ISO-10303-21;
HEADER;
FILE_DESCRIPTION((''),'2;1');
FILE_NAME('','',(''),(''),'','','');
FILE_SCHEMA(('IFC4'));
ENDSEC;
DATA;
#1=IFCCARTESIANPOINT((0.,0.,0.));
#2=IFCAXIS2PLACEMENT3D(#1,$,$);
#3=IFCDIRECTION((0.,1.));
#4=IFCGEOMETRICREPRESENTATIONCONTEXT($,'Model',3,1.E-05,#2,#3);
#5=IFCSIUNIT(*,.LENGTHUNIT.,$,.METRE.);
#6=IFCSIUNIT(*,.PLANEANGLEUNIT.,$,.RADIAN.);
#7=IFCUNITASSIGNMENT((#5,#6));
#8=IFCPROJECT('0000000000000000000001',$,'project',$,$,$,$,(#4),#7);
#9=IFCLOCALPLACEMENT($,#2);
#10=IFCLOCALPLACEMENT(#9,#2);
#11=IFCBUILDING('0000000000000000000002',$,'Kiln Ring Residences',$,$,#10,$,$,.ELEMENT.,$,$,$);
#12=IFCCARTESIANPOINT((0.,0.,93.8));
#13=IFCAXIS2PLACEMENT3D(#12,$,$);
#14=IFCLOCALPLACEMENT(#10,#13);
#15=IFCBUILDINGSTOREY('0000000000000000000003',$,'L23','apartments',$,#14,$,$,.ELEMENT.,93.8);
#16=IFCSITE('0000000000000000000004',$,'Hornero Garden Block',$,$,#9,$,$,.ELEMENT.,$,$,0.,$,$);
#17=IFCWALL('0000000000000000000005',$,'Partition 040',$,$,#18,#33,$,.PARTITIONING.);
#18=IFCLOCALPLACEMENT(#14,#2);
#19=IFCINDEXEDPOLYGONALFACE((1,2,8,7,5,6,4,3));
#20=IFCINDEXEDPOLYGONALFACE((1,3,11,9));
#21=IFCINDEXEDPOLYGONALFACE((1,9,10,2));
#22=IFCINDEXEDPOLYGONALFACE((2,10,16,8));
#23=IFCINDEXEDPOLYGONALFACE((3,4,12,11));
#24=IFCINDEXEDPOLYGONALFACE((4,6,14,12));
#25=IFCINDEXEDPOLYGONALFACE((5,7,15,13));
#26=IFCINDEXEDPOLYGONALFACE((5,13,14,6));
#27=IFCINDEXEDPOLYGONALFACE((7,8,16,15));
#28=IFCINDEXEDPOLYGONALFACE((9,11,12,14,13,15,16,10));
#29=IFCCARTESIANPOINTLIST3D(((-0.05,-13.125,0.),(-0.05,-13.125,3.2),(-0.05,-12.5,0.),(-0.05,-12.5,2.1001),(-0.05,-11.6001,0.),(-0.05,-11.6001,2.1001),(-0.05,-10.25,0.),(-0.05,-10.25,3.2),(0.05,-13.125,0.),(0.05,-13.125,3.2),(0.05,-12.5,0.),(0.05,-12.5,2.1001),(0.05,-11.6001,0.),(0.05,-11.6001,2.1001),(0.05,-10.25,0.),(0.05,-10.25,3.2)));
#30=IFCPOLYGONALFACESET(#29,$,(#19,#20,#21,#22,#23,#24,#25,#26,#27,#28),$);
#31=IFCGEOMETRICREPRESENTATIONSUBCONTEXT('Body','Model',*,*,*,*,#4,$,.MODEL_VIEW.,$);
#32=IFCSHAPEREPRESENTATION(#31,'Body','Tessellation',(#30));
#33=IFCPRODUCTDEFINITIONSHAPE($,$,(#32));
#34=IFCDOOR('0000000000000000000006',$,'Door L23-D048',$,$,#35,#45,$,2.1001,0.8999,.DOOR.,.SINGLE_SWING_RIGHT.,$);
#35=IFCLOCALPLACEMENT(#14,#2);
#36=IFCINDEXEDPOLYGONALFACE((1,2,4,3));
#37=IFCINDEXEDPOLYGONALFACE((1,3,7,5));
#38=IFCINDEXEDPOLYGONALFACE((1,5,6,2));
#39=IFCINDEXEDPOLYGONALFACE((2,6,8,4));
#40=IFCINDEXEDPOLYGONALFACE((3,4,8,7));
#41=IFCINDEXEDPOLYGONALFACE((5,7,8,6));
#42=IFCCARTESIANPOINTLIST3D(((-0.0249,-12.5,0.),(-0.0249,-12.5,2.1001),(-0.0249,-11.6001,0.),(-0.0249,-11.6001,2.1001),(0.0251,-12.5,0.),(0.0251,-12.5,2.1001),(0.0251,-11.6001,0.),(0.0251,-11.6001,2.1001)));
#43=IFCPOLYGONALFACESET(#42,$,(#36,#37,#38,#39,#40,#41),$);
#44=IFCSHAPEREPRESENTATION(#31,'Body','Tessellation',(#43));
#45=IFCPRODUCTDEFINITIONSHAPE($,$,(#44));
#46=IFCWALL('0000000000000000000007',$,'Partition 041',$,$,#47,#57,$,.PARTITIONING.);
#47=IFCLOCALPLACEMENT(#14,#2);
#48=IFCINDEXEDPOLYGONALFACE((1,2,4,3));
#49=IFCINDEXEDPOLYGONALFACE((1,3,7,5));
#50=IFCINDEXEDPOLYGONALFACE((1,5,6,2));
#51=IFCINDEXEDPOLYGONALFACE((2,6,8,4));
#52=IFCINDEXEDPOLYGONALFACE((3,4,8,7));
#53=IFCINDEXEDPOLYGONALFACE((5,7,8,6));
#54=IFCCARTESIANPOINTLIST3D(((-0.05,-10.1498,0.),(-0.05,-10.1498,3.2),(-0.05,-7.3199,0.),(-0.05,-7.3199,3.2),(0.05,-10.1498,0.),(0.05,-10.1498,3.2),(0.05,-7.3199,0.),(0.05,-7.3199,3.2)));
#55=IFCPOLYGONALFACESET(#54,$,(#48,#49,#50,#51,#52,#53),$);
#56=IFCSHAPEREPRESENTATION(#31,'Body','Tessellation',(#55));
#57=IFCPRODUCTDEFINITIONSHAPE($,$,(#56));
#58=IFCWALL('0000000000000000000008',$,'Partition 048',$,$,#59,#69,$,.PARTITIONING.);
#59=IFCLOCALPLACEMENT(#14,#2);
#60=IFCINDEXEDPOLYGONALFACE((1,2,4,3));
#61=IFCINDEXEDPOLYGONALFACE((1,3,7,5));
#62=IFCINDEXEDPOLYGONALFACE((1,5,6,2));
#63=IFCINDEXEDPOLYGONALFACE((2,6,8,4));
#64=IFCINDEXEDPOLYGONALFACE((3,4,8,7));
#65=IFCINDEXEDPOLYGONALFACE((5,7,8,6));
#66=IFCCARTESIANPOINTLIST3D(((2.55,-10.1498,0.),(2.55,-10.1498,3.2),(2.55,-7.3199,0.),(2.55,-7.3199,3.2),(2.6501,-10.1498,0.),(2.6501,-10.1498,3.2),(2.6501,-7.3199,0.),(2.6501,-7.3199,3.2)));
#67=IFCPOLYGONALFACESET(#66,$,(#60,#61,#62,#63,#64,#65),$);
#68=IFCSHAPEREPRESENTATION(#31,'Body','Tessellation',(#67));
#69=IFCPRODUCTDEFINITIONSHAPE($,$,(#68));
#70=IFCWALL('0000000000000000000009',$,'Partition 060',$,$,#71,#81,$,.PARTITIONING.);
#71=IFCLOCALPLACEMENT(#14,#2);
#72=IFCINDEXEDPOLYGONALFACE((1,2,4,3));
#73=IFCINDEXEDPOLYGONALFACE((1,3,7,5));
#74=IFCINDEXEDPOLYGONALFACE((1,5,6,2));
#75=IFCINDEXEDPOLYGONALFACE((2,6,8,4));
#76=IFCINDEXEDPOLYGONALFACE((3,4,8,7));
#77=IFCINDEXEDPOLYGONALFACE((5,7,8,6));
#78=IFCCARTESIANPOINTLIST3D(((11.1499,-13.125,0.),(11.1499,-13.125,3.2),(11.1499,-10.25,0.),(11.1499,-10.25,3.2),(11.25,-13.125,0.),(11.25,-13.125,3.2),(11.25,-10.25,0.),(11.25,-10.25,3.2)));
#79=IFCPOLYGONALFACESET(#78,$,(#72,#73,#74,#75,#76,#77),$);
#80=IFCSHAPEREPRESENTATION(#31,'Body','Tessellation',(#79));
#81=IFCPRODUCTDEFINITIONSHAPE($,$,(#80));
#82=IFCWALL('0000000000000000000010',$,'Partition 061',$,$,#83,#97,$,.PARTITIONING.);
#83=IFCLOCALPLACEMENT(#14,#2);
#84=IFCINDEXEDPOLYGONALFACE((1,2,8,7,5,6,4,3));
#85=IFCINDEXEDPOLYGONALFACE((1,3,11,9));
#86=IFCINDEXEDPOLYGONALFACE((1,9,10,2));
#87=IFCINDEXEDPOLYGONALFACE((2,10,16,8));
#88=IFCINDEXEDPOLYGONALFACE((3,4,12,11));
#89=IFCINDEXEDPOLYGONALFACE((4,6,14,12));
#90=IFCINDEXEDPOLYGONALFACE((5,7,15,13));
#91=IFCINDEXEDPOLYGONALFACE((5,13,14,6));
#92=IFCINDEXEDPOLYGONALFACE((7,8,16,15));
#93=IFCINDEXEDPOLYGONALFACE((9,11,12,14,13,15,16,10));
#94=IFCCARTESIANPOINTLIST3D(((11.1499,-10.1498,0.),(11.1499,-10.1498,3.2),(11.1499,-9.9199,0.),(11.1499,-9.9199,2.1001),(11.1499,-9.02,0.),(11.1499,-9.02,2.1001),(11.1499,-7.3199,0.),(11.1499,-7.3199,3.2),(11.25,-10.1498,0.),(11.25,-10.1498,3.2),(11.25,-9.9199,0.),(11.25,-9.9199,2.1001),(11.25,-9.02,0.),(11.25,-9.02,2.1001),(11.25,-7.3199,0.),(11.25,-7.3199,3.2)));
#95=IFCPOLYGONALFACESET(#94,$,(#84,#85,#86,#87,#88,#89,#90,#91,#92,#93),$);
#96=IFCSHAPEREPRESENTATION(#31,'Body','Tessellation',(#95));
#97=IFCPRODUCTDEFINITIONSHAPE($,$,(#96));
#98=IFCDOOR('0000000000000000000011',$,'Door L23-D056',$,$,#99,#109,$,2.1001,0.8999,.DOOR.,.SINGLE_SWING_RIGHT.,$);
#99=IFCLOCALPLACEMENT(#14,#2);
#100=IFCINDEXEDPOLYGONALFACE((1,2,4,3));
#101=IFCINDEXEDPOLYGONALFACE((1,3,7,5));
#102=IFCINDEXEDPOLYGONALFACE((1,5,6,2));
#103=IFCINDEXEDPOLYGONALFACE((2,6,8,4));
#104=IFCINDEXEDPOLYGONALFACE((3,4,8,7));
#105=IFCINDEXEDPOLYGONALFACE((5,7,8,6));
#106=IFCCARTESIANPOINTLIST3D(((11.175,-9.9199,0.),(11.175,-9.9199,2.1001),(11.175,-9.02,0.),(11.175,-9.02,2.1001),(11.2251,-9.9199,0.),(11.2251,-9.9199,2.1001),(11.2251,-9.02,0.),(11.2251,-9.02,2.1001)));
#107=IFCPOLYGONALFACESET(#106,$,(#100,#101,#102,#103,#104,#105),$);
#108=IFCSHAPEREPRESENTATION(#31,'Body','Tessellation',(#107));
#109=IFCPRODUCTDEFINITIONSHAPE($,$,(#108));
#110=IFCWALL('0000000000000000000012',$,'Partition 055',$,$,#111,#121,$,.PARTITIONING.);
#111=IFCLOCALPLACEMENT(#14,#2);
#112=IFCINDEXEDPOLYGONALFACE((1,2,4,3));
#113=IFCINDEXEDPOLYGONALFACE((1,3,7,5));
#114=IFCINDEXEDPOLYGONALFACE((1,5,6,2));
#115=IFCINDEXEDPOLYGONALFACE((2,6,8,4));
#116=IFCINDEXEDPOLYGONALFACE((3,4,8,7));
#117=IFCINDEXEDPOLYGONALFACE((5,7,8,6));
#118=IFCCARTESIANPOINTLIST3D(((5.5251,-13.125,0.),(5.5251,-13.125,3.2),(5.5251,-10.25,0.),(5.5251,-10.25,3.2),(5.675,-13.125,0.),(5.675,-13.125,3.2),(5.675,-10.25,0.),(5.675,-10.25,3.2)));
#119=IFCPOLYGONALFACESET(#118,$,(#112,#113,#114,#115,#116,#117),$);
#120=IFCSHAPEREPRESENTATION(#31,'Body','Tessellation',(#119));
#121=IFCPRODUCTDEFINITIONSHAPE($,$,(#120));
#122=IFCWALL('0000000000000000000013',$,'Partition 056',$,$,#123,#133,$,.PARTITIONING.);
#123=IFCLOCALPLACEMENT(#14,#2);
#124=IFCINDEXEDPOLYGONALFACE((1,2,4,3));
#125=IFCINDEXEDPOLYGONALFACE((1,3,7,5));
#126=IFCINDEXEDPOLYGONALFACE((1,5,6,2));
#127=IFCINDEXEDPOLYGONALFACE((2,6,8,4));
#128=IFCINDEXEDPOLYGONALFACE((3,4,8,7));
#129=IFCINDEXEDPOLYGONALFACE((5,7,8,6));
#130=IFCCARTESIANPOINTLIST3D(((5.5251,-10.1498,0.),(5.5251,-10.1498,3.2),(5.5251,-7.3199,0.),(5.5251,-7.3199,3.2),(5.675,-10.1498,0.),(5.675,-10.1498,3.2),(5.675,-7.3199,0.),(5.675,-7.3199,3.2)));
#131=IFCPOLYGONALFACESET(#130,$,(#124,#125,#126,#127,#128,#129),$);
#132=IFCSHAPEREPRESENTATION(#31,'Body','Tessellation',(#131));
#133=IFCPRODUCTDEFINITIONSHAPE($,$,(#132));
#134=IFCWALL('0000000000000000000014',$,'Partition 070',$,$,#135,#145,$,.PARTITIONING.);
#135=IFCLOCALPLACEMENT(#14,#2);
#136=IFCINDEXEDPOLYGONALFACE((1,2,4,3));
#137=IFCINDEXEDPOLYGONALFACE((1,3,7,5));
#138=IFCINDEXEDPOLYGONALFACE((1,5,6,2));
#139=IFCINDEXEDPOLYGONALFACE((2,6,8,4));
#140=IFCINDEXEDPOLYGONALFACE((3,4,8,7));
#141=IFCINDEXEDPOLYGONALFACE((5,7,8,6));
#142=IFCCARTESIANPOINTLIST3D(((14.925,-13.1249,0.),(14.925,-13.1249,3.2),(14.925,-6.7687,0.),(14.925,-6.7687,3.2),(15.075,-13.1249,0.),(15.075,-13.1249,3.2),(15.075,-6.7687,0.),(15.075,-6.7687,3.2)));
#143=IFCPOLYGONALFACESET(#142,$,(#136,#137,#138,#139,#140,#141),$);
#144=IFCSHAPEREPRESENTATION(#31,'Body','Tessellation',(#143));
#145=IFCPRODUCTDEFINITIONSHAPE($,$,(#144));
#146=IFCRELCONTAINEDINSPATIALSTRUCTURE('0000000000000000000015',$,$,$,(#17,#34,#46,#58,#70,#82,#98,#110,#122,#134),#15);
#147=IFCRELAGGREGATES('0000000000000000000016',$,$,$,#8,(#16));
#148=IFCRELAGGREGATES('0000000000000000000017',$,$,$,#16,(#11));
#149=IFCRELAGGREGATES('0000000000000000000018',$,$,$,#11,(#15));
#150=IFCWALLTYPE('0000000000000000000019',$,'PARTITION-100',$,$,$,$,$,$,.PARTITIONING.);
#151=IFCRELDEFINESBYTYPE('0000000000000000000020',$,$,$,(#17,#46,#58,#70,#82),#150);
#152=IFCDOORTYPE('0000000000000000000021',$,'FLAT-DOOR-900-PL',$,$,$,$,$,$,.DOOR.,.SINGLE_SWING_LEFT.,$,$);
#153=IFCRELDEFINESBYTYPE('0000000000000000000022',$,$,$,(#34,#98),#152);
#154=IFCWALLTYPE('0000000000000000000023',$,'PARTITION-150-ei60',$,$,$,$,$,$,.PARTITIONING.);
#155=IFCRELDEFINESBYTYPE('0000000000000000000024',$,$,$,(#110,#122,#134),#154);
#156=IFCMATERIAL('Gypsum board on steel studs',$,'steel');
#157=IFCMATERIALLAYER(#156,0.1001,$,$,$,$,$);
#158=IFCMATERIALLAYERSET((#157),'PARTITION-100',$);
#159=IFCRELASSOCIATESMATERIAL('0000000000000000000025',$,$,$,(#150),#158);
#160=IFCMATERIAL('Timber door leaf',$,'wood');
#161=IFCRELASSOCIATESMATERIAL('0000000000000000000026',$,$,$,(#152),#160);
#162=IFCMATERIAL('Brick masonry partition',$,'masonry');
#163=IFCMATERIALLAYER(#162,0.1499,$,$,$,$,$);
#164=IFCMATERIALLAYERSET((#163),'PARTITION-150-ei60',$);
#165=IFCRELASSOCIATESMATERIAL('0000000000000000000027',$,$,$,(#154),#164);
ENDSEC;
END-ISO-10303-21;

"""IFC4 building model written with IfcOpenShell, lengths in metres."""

from ifc_helpers import new_model, si_unit, direction, frame, frame_2d, origin, place, context, subcontext, project, spatial, rectangle, extrude, material, layer, layer_set, type_object, element, fill, save


model = new_model("IFC4")

# Units and contexts
model_context = context("Model", 3, precision=1e-05, world=origin(), true_north=direction((0.0, 1.0)))
body_context = subcontext(model_context, "Body", "Model", "MODEL_VIEW")
ifc_project = project(units=[si_unit("LENGTHUNIT", "METRE"), si_unit("PLANEANGLEUNIT", "RADIAN")], contexts=[model_context])

# Site, building, storey
site_placement = place(None, origin())
site = spatial("IfcSite", under=ifc_project, at=site_placement, Name="Hornero Garden Block", CompositionType="ELEMENT", RefElevation=0.0)
building_placement = place(site_placement, origin())
building = spatial("IfcBuilding", under=site, at=building_placement, Name="Kiln Ring Residences", CompositionType="ELEMENT")
storey_placement = place(building_placement, frame((0.0, 0.0, 93.8)))
storey = spatial("IfcBuildingStorey", under=building, at=storey_placement, Name="L23", Description="apartments", CompositionType="ELEMENT", Elevation=93.8)

# Wall, opening, door
ifc_material_1 = material(Name="Gypsum board on steel studs", Category="steel")
ifc_layer_1 = layer(ifc_material_1, 0.1001)
ifc_layer_set_1 = layer_set([ifc_layer_1], Name="PARTITION-100")
wall_type_1 = type_object("IfcWallType", Name="PARTITION-100", PredefinedType="PARTITIONING", material=ifc_layer_set_1)
wall_1_placement = place(storey_placement, frame((0.0, -13.125, 0.0), z_axis=(0.0, 0.0, 1.0), x_axis=(0.0, 1.0, 0.0)))
wall_1 = element("IfcWall", 1, at=wall_1_placement, inside=storey, type_object=wall_type_1, Name="Partition 040", PredefinedType="PARTITIONING", context=body_context, shape_type="SweptSolid", body=[
    extrude(rectangle(XDim=2.875, YDim=0.1001, at=frame_2d((1.4375, 0.0))), origin(), (0.0, 0.0, 1.0), 3.2),
])
opening_1_placement = place(wall_1_placement, frame((0.625, 0.0, 0.0)))
opening_1 = element("IfcOpeningElement", 2, at=opening_1_placement, cuts=wall_1, PredefinedType="OPENING", context=body_context, shape_type="SweptSolid", body=[
    extrude(rectangle(XDim=0.8999, YDim=2.1001, at=frame_2d((0.45, 1.05))), frame((0.0, 0.0601, 0.0), z_axis=(0.0, -1.0, 0.0), x_axis=(1.0, 0.0, 0.0)), (0.0, 0.0, 1.0), 0.1201),
])
ifc_material_2 = material(Name="Timber door leaf", Category="wood")
door_type = type_object("IfcDoorType", Name="FLAT-DOOR-900-PL", OperationType="SINGLE_SWING_LEFT", PredefinedType="DOOR", material=ifc_material_2)
door_1_placement = place(opening_1_placement, origin())
door_1 = element("IfcDoor", 3, at=door_1_placement, inside=storey, type_object=door_type, Name="Door L23-D048", OperationType="SINGLE_SWING_RIGHT", OverallHeight=2.1001, OverallWidth=0.8999, PredefinedType="DOOR", context=body_context, shape_type="SweptSolid", body=[
    extrude(rectangle(XDim=0.8999, YDim=2.1001, at=frame_2d((0.45, 1.05))), frame((0.0, 0.0249, 0.0), z_axis=(0.0, -1.0, 0.0), x_axis=(1.0, 0.0, 0.0)), (0.0, 0.0, 1.0), 0.05),
])
fill(opening_1, door_1)

# Walls
for number, where, z_axis, x_axis, name in (
    (4, (0.0, -10.1499, 0.0), (0.0, 0.0, 1.0), (0.0, 1.0, 0.0), "Partition 041"),
    (5, (2.6001, -10.1499, 0.0), (0.0, 0.0, 1.0), (0.0, 1.0, 0.0), "Partition 048"),
):
    element("IfcWall", number, at=place(storey_placement, frame(where, z_axis=z_axis, x_axis=x_axis)), inside=storey, type_object=wall_type_1, Name=name, PredefinedType="PARTITIONING", context=body_context, shape_type="SweptSolid", body=[
        extrude(rectangle(XDim=2.8298, YDim=0.1001, at=frame_2d((1.415, 0.0))), origin(), (0.0, 0.0, 1.0), 3.2),
    ])
wall_2_placement = place(storey_placement, frame((11.2, -13.125, 0.0), z_axis=(0.0, 0.0, 1.0), x_axis=(0.0, 1.0, 0.0)))
element("IfcWall", 6, at=wall_2_placement, inside=storey, type_object=wall_type_1, Name="Partition 060", PredefinedType="PARTITIONING", context=body_context, shape_type="SweptSolid", body=[
    extrude(rectangle(XDim=2.875, YDim=0.1001, at=frame_2d((1.4375, 0.0))), origin(), (0.0, 0.0, 1.0), 3.2),
])

# Wall, opening, door
wall_3_placement = place(storey_placement, frame((11.2, -10.1499, 0.0), z_axis=(0.0, 0.0, 1.0), x_axis=(0.0, 1.0, 0.0)))
wall_3 = element("IfcWall", 7, at=wall_3_placement, inside=storey, type_object=wall_type_1, Name="Partition 061", PredefinedType="PARTITIONING", context=body_context, shape_type="SweptSolid", body=[
    extrude(rectangle(XDim=2.8298, YDim=0.1001, at=frame_2d((1.415, 0.0))), origin(), (0.0, 0.0, 1.0), 3.2),
])
opening_2_placement = place(wall_3_placement, frame((0.23, 0.0, 0.0)))
opening_2 = element("IfcOpeningElement", 8, at=opening_2_placement, cuts=wall_3, PredefinedType="OPENING", context=body_context, shape_type="SweptSolid", body=[
    extrude(rectangle(XDim=0.8999, YDim=2.1001, at=frame_2d((0.45, 1.05))), frame((0.0, 0.0601, 0.0), z_axis=(0.0, -1.0, 0.0), x_axis=(1.0, 0.0, 0.0)), (0.0, 0.0, 1.0), 0.1201),
])
door_2_placement = place(opening_2_placement, origin())
door_2 = element("IfcDoor", 9, at=door_2_placement, inside=storey, type_object=door_type, Name="Door L23-D056", OperationType="SINGLE_SWING_RIGHT", OverallHeight=2.1001, OverallWidth=0.8999, PredefinedType="DOOR", context=body_context, shape_type="SweptSolid", body=[
    extrude(rectangle(XDim=0.8999, YDim=2.1001, at=frame_2d((0.45, 1.05))), frame((0.0, 0.0249, 0.0), z_axis=(0.0, -1.0, 0.0), x_axis=(1.0, 0.0, 0.0)), (0.0, 0.0, 1.0), 0.05),
])
fill(opening_2, door_2)

# Walls
ifc_material_3 = material(Name="Brick masonry partition", Category="masonry")
ifc_layer_2 = layer(ifc_material_3, 0.1499)
ifc_layer_set_2 = layer_set([ifc_layer_2], Name="PARTITION-150-ei60")
wall_type_2 = type_object("IfcWallType", Name="PARTITION-150-ei60", PredefinedType="PARTITIONING", material=ifc_layer_set_2)
wall_4_placement = place(storey_placement, frame((5.6001, -13.125, 0.0), z_axis=(0.0, 0.0, 1.0), x_axis=(0.0, 1.0, 0.0)))
element("IfcWall", 10, at=wall_4_placement, inside=storey, type_object=wall_type_2, Name="Partition 055", PredefinedType="PARTITIONING", context=body_context, shape_type="SweptSolid", body=[
    extrude(rectangle(XDim=2.875, YDim=0.1499, at=frame_2d((1.4375, 0.0))), origin(), (0.0, 0.0, 1.0), 3.2),
])
wall_5_placement = place(storey_placement, frame((5.6001, -10.1499, 0.0), z_axis=(0.0, 0.0, 1.0), x_axis=(0.0, 1.0, 0.0)))
element("IfcWall", 11, at=wall_5_placement, inside=storey, type_object=wall_type_2, Name="Partition 056", PredefinedType="PARTITIONING", context=body_context, shape_type="SweptSolid", body=[
    extrude(rectangle(XDim=2.8298, YDim=0.1499, at=frame_2d((1.415, 0.0))), origin(), (0.0, 0.0, 1.0), 3.2),
])
wall_6_placement = place(storey_placement, frame((15.0, -13.125, 0.0), z_axis=(0.0, 0.0, 1.0), x_axis=(0.0, 1.0, 0.0)))
element("IfcWall", 12, at=wall_6_placement, inside=storey, type_object=wall_type_2, Name="Partition 070", PredefinedType="PARTITIONING", context=body_context, shape_type="SweptSolid", body=[
    extrude(rectangle(XDim=6.3562, YDim=0.1499, at=frame_2d((3.1782, 0.0))), origin(), (0.0, 0.0, 1.0), 3.2),
])

save(model, "model.ifc")
